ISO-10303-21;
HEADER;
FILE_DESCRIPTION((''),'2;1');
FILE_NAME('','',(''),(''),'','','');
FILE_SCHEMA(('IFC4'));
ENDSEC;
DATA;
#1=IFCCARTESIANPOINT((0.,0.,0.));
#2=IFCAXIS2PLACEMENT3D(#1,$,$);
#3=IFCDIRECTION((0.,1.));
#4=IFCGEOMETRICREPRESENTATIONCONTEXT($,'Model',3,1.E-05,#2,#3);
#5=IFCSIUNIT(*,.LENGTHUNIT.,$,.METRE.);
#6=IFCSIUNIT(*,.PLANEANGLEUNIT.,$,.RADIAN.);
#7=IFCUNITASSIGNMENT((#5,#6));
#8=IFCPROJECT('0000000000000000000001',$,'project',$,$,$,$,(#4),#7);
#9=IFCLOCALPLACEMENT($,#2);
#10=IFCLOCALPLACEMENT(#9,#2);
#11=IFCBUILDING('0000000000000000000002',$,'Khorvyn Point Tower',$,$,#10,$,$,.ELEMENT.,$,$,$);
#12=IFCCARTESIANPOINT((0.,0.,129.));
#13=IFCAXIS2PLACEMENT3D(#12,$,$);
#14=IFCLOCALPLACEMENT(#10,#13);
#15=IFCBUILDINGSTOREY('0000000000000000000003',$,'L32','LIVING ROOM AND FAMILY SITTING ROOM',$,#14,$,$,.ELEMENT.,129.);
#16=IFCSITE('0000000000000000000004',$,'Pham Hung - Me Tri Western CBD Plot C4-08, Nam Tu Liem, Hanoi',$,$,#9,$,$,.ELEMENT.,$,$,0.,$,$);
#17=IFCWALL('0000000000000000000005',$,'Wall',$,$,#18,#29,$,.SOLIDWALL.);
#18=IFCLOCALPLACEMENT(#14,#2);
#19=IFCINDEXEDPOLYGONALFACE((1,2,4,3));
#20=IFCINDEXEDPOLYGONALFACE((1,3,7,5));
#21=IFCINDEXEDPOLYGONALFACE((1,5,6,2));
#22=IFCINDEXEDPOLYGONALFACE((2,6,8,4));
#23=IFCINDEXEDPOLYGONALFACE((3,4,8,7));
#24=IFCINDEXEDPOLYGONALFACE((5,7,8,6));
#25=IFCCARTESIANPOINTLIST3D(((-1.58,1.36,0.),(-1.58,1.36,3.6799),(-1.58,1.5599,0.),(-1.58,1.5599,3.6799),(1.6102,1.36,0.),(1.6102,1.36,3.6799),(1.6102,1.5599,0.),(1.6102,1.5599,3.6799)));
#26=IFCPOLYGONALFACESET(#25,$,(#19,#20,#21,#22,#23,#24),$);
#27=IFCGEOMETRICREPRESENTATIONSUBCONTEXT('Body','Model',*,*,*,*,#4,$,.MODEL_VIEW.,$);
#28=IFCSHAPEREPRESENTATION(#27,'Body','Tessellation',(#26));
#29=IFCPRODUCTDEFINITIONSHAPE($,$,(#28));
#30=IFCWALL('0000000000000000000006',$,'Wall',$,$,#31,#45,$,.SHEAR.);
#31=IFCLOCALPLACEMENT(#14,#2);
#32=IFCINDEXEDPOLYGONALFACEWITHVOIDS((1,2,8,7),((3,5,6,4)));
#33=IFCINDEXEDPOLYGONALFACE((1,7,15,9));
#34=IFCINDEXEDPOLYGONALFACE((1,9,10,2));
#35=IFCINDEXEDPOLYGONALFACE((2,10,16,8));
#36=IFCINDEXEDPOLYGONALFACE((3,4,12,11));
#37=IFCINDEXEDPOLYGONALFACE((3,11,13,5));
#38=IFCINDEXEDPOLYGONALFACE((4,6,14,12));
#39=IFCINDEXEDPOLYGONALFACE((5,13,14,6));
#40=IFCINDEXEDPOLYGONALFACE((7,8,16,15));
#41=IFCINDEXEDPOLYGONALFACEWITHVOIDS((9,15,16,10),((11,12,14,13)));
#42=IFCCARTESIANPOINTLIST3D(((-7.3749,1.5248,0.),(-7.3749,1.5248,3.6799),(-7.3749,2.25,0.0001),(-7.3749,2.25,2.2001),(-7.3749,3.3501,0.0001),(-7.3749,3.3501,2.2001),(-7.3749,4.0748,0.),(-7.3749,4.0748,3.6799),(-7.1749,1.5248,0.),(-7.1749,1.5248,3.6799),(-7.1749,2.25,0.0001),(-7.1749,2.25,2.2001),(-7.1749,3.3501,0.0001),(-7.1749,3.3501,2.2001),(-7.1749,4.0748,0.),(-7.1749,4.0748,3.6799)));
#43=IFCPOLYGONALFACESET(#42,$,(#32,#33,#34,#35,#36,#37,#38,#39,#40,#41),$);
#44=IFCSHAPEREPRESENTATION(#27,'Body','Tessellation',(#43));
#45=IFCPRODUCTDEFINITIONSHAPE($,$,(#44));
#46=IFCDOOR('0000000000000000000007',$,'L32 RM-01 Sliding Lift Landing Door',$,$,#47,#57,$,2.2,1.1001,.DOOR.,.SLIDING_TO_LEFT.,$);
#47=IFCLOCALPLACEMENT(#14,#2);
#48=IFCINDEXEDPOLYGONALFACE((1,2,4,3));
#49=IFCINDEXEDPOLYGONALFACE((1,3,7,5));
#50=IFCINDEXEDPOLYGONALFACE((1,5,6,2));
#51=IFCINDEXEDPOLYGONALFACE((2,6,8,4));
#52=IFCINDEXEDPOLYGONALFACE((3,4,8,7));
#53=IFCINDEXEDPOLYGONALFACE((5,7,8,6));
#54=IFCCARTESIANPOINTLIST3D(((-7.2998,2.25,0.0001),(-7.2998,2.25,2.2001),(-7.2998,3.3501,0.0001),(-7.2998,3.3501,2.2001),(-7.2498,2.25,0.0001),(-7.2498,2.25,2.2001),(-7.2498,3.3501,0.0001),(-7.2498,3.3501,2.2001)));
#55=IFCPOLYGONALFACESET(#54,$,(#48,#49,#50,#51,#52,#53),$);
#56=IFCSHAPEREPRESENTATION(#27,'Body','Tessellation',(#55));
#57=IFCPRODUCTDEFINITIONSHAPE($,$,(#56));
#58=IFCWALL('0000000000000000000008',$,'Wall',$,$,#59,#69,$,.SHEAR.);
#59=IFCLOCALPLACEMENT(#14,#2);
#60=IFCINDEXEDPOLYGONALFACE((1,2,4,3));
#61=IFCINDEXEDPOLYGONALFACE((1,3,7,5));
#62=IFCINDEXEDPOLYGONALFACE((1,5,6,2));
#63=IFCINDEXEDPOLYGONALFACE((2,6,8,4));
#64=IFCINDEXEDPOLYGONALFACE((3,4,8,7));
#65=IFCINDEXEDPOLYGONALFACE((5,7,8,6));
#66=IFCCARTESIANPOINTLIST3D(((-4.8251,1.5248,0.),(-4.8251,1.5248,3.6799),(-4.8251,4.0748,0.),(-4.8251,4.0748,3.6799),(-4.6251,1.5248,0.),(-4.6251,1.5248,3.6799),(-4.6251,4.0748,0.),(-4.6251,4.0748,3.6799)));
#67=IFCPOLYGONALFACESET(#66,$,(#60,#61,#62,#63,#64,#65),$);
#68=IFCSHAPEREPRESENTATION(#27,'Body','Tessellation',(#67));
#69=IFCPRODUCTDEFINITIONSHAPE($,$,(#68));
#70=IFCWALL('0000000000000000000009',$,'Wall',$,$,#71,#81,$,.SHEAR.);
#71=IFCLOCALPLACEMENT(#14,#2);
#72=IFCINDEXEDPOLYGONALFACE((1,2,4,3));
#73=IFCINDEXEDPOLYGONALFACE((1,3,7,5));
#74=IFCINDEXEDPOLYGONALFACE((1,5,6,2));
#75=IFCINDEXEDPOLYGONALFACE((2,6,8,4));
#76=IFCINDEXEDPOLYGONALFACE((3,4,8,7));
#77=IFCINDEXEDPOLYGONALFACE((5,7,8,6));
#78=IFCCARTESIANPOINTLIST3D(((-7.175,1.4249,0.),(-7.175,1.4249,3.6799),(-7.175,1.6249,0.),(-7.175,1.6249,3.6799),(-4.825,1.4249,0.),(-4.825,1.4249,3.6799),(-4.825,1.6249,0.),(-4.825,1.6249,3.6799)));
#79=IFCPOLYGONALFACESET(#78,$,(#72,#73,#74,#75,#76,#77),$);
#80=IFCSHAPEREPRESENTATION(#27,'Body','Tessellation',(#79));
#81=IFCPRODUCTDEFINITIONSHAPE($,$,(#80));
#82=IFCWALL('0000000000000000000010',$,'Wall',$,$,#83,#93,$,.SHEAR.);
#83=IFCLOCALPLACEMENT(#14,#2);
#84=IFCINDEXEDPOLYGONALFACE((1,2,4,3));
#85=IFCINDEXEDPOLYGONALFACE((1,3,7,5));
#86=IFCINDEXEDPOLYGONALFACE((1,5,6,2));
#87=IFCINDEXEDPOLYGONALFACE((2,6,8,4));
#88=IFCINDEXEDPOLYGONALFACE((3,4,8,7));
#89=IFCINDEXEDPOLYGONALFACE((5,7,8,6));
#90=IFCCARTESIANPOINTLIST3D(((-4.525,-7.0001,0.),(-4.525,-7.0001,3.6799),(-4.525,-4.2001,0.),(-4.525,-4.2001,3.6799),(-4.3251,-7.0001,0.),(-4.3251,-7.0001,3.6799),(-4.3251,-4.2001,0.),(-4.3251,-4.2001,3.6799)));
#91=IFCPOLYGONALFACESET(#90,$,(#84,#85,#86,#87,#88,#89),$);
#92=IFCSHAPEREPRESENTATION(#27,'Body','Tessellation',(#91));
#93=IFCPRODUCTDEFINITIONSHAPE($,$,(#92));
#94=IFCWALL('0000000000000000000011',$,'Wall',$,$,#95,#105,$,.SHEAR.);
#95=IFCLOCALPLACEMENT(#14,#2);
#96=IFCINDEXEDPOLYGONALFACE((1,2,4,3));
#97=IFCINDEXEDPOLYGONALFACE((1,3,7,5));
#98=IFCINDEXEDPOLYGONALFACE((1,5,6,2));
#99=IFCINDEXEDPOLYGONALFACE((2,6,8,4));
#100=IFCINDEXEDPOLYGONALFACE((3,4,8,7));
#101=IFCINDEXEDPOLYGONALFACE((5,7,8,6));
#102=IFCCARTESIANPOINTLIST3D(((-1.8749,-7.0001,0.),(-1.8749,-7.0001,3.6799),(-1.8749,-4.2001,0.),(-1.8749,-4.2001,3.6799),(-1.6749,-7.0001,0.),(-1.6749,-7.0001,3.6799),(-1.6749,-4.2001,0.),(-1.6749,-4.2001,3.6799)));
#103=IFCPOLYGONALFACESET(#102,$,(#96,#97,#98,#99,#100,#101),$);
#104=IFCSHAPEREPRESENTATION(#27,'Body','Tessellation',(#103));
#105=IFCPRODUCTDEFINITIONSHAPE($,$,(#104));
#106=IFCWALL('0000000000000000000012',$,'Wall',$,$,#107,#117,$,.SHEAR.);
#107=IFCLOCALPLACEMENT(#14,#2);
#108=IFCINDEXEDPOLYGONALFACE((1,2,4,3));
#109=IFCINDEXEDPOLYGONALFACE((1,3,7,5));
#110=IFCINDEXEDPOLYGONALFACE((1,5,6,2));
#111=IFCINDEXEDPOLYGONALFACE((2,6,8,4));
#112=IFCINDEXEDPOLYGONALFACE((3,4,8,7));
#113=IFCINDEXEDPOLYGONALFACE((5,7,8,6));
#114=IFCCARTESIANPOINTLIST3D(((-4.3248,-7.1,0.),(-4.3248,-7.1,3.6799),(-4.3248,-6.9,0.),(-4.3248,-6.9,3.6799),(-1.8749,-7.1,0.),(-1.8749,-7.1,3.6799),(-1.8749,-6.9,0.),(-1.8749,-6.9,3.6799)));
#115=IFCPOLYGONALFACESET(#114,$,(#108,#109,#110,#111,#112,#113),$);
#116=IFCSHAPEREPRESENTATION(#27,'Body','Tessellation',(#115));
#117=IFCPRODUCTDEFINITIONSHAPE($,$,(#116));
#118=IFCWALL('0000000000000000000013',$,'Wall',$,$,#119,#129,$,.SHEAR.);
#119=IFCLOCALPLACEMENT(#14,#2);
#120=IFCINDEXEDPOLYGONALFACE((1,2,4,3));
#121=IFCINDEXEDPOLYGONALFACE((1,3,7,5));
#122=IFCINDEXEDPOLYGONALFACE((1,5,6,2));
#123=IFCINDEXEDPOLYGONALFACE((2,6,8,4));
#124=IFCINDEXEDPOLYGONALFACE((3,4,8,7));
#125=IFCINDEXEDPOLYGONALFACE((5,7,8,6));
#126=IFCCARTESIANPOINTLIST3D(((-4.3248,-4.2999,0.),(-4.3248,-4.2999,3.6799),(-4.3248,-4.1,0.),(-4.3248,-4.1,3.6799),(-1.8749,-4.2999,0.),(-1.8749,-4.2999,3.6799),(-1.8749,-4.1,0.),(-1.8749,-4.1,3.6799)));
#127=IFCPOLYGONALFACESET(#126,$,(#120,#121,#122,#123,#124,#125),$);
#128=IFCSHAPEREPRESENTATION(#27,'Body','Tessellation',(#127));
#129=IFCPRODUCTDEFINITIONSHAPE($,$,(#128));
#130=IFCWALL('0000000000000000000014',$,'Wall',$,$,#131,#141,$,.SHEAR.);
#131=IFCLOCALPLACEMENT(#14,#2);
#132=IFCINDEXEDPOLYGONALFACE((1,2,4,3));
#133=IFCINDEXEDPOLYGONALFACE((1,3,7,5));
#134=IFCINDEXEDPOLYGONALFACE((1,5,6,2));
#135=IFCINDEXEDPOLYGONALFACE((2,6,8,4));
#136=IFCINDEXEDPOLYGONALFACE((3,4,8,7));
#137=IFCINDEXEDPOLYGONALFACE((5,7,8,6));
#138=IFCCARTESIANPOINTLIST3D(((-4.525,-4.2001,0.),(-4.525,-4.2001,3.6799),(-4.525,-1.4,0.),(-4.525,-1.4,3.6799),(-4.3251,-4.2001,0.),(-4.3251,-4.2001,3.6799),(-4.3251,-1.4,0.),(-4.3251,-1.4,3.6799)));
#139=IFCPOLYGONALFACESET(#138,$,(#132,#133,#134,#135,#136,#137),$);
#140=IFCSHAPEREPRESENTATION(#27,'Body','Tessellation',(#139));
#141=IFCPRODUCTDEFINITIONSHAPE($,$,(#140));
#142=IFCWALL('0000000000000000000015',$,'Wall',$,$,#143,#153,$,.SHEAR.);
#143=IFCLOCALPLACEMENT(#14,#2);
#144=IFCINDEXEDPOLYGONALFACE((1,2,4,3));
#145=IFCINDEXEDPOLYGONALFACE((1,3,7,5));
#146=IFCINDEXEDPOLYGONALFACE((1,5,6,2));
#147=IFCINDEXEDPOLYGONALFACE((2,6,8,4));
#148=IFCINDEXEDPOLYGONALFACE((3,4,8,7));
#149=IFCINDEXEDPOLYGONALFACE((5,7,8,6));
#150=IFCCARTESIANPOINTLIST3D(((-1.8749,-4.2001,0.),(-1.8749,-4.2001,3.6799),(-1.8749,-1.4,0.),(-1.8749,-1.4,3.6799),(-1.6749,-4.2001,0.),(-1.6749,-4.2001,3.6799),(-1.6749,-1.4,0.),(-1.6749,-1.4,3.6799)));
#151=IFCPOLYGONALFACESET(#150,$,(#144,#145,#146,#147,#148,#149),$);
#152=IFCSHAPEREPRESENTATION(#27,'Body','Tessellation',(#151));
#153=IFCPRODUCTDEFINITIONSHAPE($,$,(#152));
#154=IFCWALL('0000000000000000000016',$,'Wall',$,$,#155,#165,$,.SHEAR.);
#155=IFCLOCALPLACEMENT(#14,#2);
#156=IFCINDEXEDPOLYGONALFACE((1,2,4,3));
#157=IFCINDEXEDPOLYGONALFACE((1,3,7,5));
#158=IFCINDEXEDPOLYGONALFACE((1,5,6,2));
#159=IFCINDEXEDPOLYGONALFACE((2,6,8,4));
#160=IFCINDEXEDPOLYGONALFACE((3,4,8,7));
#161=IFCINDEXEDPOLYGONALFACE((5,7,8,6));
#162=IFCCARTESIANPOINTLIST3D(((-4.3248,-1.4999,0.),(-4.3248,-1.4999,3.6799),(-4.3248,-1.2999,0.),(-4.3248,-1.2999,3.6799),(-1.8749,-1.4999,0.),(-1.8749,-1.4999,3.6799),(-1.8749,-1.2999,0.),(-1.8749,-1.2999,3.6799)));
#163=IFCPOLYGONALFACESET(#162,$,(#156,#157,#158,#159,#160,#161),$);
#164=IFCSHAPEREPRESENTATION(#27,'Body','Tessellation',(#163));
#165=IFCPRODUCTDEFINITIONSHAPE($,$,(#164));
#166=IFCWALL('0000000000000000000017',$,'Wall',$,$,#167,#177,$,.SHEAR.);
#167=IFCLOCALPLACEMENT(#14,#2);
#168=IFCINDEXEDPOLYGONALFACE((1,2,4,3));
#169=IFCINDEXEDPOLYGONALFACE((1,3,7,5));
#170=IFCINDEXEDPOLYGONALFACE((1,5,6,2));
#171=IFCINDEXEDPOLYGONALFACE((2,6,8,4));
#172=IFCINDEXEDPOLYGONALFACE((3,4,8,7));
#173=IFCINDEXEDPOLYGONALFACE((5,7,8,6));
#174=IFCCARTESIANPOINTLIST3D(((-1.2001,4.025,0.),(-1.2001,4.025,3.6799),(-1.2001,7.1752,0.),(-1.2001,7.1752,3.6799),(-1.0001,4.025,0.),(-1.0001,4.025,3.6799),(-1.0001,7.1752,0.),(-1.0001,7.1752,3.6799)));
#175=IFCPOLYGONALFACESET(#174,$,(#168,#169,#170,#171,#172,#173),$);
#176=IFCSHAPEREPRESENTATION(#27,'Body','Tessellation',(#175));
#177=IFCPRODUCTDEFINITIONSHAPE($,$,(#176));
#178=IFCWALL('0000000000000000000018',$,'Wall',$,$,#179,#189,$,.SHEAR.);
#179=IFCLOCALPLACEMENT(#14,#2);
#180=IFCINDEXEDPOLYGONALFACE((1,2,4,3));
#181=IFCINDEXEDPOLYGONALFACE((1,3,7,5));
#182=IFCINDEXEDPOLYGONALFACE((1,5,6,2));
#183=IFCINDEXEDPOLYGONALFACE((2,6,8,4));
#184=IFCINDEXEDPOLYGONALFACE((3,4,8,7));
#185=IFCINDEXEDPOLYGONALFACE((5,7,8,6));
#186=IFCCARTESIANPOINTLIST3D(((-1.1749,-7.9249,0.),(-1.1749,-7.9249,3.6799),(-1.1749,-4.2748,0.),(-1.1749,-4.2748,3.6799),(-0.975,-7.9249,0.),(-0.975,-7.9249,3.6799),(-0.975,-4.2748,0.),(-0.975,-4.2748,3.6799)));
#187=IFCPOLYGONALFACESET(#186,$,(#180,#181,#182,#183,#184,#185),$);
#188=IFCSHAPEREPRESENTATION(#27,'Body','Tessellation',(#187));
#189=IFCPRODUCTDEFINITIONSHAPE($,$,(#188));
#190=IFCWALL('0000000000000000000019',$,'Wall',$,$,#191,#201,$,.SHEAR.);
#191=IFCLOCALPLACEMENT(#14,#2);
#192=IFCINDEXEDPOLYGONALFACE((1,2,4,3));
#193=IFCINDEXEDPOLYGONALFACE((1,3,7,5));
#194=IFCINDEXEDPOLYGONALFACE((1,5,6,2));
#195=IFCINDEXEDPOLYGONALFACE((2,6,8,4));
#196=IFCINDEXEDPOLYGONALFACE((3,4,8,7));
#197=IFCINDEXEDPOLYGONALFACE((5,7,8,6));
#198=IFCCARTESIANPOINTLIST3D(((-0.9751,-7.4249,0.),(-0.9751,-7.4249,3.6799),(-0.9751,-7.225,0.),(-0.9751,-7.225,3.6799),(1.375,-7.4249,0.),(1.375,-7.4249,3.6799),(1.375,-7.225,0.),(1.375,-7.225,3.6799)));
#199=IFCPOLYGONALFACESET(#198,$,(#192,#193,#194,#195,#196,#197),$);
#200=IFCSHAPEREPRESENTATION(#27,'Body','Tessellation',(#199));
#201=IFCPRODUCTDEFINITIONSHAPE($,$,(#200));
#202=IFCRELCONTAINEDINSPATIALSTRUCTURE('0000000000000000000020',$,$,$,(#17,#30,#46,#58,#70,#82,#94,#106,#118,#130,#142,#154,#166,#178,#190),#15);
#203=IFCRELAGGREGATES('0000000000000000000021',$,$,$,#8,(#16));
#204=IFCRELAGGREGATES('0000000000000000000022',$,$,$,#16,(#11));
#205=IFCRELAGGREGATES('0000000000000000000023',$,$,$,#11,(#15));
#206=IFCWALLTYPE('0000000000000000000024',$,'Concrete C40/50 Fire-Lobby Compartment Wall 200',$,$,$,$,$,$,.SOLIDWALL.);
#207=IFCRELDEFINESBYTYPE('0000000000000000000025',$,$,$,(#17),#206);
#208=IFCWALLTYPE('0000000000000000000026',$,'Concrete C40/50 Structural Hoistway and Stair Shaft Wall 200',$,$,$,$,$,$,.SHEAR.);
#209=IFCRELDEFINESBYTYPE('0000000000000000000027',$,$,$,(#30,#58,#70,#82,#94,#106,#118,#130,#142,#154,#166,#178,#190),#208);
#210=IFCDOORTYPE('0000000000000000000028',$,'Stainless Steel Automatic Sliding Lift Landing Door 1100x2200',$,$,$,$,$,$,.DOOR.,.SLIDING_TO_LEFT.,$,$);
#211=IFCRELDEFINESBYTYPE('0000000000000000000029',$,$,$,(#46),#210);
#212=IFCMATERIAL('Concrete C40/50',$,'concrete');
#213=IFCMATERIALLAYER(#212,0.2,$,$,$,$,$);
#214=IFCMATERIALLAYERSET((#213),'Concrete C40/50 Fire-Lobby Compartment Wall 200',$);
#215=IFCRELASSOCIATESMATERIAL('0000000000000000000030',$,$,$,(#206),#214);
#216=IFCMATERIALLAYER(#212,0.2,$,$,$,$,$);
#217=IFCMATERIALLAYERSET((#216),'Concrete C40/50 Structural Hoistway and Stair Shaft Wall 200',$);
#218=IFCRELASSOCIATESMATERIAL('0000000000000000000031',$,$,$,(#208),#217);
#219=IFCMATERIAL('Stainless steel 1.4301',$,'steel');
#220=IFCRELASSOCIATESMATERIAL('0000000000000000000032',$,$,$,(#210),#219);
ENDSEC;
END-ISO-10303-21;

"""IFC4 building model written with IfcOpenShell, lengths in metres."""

from ifc_helpers import new_model, si_unit, direction, frame, frame_2d, origin, place, context, subcontext, project, spatial, rectangle, extrude, material, layer, layer_set, type_object, element, fill, save


model = new_model("IFC4")

# Units and contexts
model_context = context("Model", 3, precision=1e-05, world=origin(), true_north=direction((0.0, 1.0)))
body_context = subcontext(model_context, "Body", "Model", "MODEL_VIEW")
ifc_project = project(units=[si_unit("LENGTHUNIT", "METRE"), si_unit("PLANEANGLEUNIT", "RADIAN")], contexts=[model_context])

# Site, building, storey
site_placement = place(None, origin())
site = spatial("IfcSite", under=ifc_project, at=site_placement, Name="Pham Hung - Me Tri Western CBD Plot C4-08, Nam Tu Liem, Hanoi", CompositionType="ELEMENT", RefElevation=0.0)
building_placement = place(site_placement, origin())
building = spatial("IfcBuilding", under=site, at=building_placement, Name="Khorvyn Point Tower", CompositionType="ELEMENT")
storey_placement = place(building_placement, frame((0.0, 0.0, 129.0)))
storey = spatial("IfcBuildingStorey", under=building, at=storey_placement, Name="L32", Description="LIVING ROOM AND FAMILY SITTING ROOM", CompositionType="ELEMENT", Elevation=129.0)

# Shared definitions
ifc_material_1 = material(Name="Concrete C40/50", Category="concrete")

# Wall
ifc_layer_1 = layer(ifc_material_1, 0.2)
ifc_layer_set_1 = layer_set([ifc_layer_1], Name="Concrete C40/50 Fire-Lobby Compartment Wall 200")
wall_type_1 = type_object("IfcWallType", Name="Concrete C40/50 Fire-Lobby Compartment Wall 200", PredefinedType="SOLIDWALL", material=ifc_layer_set_1)
for number, where, z_axis, x_axis, name in (
    (1, (-1.5801, 1.46, 0.0), (0.0, 0.0, 1.0), (1.0, 0.0, 0.0), "Wall"),
):
    element("IfcWall", number, at=place(storey_placement, frame(where, z_axis=z_axis, x_axis=x_axis)), inside=storey, type_object=wall_type_1, Name=name, PredefinedType="SOLIDWALL", context=body_context, shape_type="SweptSolid", body=[
        extrude(rectangle(XDim=3.1902, YDim=0.2, at=frame_2d((1.5952, 0.0))), origin(), (0.0, 0.0, 1.0), 3.6799),
    ])

# Wall, opening, door
ifc_layer_2 = layer(ifc_material_1, 0.2)
ifc_layer_set_2 = layer_set([ifc_layer_2], Name="Concrete C40/50 Structural Hoistway and Stair Shaft Wall 200")
wall_type_2 = type_object("IfcWallType", Name="Concrete C40/50 Structural Hoistway and Stair Shaft Wall 200", PredefinedType="SHEAR", material=ifc_layer_set_2)
wall_1_placement = place(storey_placement, frame((-7.2749, 1.5249, 0.0), z_axis=(0.0, 0.0, 1.0), x_axis=(0.0, 1.0, 0.0)))
wall_1 = element("IfcWall", 2, at=wall_1_placement, inside=storey, type_object=wall_type_2, Name="Wall", PredefinedType="SHEAR", context=body_context, shape_type="SweptSolid", body=[
    extrude(rectangle(XDim=2.55, YDim=0.2, at=frame_2d((1.2749, 0.0))), origin(), (0.0, 0.0, 1.0), 3.6799),
])
opening_placement = place(wall_1_placement, frame((0.7251, 0.0, 0.0)))
opening = element("IfcOpeningElement", 3, at=opening_placement, cuts=wall_1, PredefinedType="OPENING", context=body_context, shape_type="SweptSolid", body=[
    extrude(rectangle(XDim=1.1001, YDim=2.2, at=frame_2d((0.55, 1.1001))), frame((0.0, 0.1099, 0.0), z_axis=(0.0, -1.0, 0.0), x_axis=(1.0, 0.0, 0.0)), (0.0, 0.0, 1.0), 0.22),
])
ifc_material_2 = material(Name="Stainless steel 1.4301", Category="steel")
door_type = type_object("IfcDoorType", Name="Stainless Steel Automatic Sliding Lift Landing Door 1100x2200", OperationType="SLIDING_TO_LEFT", PredefinedType="DOOR", material=ifc_material_2)
door_placement = place(opening_placement, origin())
door = element("IfcDoor", 4, at=door_placement, inside=storey, type_object=door_type, Name="L32 RM-01 Sliding Lift Landing Door", OperationType="SLIDING_TO_LEFT", OverallHeight=2.2, OverallWidth=1.1001, PredefinedType="DOOR", context=body_context, shape_type="SweptSolid", body=[
    extrude(rectangle(XDim=1.1001, YDim=2.2, at=frame_2d((0.55, 1.1001))), frame((0.0, 0.0249, 0.0), z_axis=(0.0, -1.0, 0.0), x_axis=(1.0, 0.0, 0.0)), (0.0, 0.0, 1.0), 0.05),
])
fill(opening, door)

# Walls
wall_2_placement = place(storey_placement, frame((-4.7251, 1.5249, 0.0), z_axis=(0.0, 0.0, 1.0), x_axis=(0.0, 1.0, 0.0)))
element("IfcWall", 5, at=wall_2_placement, inside=storey, type_object=wall_type_2, Name="Wall", PredefinedType="SHEAR", context=body_context, shape_type="SweptSolid", body=[
    extrude(rectangle(XDim=2.55, YDim=0.2, at=frame_2d((1.2749, 0.0))), origin(), (0.0, 0.0, 1.0), 3.6799),
])
wall_3_placement = place(storey_placement, frame((-7.175, 1.5249, 0.0), z_axis=(0.0, 0.0, 1.0), x_axis=(1.0, 0.0, 0.0)))
element("IfcWall", 6, at=wall_3_placement, inside=storey, type_object=wall_type_2, Name="Wall", PredefinedType="SHEAR", context=body_context, shape_type="SweptSolid", body=[
    extrude(rectangle(XDim=2.3501, YDim=0.2, at=frame_2d((1.175, 0.0))), origin(), (0.0, 0.0, 1.0), 3.6799),
])
for number, where, z_axis, x_axis, name in (
    (7, (-4.425, -7.0, 0.0), (0.0, 0.0, 1.0), (0.0, 1.0, 0.0), "Wall"),
    (8, (-1.7749, -7.0, 0.0), (0.0, 0.0, 1.0), (0.0, 1.0, 0.0), "Wall"),
):
    element("IfcWall", number, at=place(storey_placement, frame(where, z_axis=z_axis, x_axis=x_axis)), inside=storey, type_object=wall_type_2, Name=name, PredefinedType="SHEAR", context=body_context, shape_type="SweptSolid", body=[
        extrude(rectangle(XDim=2.8, YDim=0.2, at=frame_2d((1.3999, 0.0))), origin(), (0.0, 0.0, 1.0), 3.6799),
    ])
for number, where, z_axis, x_axis, name in (
    (9, (-4.325, -7.0, 0.0), (0.0, 0.0, 1.0), (1.0, 0.0, 0.0), "Wall"),
    (10, (-4.325, -4.2, 0.0), (0.0, 0.0, 1.0), (1.0, 0.0, 0.0), "Wall"),
):
    element("IfcWall", number, at=place(storey_placement, frame(where, z_axis=z_axis, x_axis=x_axis)), inside=storey, type_object=wall_type_2, Name=name, PredefinedType="SHEAR", context=body_context, shape_type="SweptSolid", body=[
        extrude(rectangle(XDim=2.45, YDim=0.2, at=frame_2d((1.2251, 0.0))), origin(), (0.0, 0.0, 1.0), 3.6799),
    ])
for number, where, z_axis, x_axis, name in (
    (11, (-4.425, -4.2, 0.0), (0.0, 0.0, 1.0), (0.0, 1.0, 0.0), "Wall"),
    (12, (-1.7749, -4.2, 0.0), (0.0, 0.0, 1.0), (0.0, 1.0, 0.0), "Wall"),
):
    element("IfcWall", number, at=place(storey_placement, frame(where, z_axis=z_axis, x_axis=x_axis)), inside=storey, type_object=wall_type_2, Name=name, PredefinedType="SHEAR", context=body_context, shape_type="SweptSolid", body=[
        extrude(rectangle(XDim=2.8, YDim=0.2, at=frame_2d((1.3999, 0.0))), origin(), (0.0, 0.0, 1.0), 3.6799),
    ])
wall_4_placement = place(storey_placement, frame((-4.325, -1.3999, 0.0), z_axis=(0.0, 0.0, 1.0), x_axis=(1.0, 0.0, 0.0)))
element("IfcWall", 13, at=wall_4_placement, inside=storey, type_object=wall_type_2, Name="Wall", PredefinedType="SHEAR", context=body_context, shape_type="SweptSolid", body=[
    extrude(rectangle(XDim=2.45, YDim=0.2, at=frame_2d((1.2251, 0.0))), origin(), (0.0, 0.0, 1.0), 3.6799),
])
wall_5_placement = place(storey_placement, frame((-1.1001, 4.0249, 0.0), z_axis=(0.0, 0.0, 1.0), x_axis=(0.0, 1.0, 0.0)))
element("IfcWall", 14, at=wall_5_placement, inside=storey, type_object=wall_type_2, Name="Wall", PredefinedType="SHEAR", context=body_context, shape_type="SweptSolid", body=[
    extrude(rectangle(XDim=3.1501, YDim=0.2, at=frame_2d((1.5752, 0.0))), origin(), (0.0, 0.0, 1.0), 3.6799),
])
wall_6_placement = place(storey_placement, frame((-1.075, -7.925, 0.0), z_axis=(0.0, 0.0, 1.0), x_axis=(0.0, 1.0, 0.0)))
element("IfcWall", 15, at=wall_6_placement, inside=storey, type_object=wall_type_2, Name="Wall", PredefinedType="SHEAR", context=body_context, shape_type="SweptSolid", body=[
    extrude(rectangle(XDim=3.6501, YDim=0.2, at=frame_2d((1.8252, 0.0))), origin(), (0.0, 0.0, 1.0), 3.6799),
])
for number, where, z_axis, x_axis, name in (
    (16, (-0.9751, -7.325, 0.0), (0.0, 0.0, 1.0), (1.0, 0.0, 0.0), "Wall"),
):
    element("IfcWall", number, at=place(storey_placement, frame(where, z_axis=z_axis, x_axis=x_axis)), inside=storey, type_object=wall_type_2, Name=name, PredefinedType="SHEAR", context=body_context, shape_type="SweptSolid", body=[
        extrude(rectangle(XDim=2.3501, YDim=0.2, at=frame_2d((1.175, 0.0))), origin(), (0.0, 0.0, 1.0), 3.6799),
    ])

save(model, "model.ifc")
